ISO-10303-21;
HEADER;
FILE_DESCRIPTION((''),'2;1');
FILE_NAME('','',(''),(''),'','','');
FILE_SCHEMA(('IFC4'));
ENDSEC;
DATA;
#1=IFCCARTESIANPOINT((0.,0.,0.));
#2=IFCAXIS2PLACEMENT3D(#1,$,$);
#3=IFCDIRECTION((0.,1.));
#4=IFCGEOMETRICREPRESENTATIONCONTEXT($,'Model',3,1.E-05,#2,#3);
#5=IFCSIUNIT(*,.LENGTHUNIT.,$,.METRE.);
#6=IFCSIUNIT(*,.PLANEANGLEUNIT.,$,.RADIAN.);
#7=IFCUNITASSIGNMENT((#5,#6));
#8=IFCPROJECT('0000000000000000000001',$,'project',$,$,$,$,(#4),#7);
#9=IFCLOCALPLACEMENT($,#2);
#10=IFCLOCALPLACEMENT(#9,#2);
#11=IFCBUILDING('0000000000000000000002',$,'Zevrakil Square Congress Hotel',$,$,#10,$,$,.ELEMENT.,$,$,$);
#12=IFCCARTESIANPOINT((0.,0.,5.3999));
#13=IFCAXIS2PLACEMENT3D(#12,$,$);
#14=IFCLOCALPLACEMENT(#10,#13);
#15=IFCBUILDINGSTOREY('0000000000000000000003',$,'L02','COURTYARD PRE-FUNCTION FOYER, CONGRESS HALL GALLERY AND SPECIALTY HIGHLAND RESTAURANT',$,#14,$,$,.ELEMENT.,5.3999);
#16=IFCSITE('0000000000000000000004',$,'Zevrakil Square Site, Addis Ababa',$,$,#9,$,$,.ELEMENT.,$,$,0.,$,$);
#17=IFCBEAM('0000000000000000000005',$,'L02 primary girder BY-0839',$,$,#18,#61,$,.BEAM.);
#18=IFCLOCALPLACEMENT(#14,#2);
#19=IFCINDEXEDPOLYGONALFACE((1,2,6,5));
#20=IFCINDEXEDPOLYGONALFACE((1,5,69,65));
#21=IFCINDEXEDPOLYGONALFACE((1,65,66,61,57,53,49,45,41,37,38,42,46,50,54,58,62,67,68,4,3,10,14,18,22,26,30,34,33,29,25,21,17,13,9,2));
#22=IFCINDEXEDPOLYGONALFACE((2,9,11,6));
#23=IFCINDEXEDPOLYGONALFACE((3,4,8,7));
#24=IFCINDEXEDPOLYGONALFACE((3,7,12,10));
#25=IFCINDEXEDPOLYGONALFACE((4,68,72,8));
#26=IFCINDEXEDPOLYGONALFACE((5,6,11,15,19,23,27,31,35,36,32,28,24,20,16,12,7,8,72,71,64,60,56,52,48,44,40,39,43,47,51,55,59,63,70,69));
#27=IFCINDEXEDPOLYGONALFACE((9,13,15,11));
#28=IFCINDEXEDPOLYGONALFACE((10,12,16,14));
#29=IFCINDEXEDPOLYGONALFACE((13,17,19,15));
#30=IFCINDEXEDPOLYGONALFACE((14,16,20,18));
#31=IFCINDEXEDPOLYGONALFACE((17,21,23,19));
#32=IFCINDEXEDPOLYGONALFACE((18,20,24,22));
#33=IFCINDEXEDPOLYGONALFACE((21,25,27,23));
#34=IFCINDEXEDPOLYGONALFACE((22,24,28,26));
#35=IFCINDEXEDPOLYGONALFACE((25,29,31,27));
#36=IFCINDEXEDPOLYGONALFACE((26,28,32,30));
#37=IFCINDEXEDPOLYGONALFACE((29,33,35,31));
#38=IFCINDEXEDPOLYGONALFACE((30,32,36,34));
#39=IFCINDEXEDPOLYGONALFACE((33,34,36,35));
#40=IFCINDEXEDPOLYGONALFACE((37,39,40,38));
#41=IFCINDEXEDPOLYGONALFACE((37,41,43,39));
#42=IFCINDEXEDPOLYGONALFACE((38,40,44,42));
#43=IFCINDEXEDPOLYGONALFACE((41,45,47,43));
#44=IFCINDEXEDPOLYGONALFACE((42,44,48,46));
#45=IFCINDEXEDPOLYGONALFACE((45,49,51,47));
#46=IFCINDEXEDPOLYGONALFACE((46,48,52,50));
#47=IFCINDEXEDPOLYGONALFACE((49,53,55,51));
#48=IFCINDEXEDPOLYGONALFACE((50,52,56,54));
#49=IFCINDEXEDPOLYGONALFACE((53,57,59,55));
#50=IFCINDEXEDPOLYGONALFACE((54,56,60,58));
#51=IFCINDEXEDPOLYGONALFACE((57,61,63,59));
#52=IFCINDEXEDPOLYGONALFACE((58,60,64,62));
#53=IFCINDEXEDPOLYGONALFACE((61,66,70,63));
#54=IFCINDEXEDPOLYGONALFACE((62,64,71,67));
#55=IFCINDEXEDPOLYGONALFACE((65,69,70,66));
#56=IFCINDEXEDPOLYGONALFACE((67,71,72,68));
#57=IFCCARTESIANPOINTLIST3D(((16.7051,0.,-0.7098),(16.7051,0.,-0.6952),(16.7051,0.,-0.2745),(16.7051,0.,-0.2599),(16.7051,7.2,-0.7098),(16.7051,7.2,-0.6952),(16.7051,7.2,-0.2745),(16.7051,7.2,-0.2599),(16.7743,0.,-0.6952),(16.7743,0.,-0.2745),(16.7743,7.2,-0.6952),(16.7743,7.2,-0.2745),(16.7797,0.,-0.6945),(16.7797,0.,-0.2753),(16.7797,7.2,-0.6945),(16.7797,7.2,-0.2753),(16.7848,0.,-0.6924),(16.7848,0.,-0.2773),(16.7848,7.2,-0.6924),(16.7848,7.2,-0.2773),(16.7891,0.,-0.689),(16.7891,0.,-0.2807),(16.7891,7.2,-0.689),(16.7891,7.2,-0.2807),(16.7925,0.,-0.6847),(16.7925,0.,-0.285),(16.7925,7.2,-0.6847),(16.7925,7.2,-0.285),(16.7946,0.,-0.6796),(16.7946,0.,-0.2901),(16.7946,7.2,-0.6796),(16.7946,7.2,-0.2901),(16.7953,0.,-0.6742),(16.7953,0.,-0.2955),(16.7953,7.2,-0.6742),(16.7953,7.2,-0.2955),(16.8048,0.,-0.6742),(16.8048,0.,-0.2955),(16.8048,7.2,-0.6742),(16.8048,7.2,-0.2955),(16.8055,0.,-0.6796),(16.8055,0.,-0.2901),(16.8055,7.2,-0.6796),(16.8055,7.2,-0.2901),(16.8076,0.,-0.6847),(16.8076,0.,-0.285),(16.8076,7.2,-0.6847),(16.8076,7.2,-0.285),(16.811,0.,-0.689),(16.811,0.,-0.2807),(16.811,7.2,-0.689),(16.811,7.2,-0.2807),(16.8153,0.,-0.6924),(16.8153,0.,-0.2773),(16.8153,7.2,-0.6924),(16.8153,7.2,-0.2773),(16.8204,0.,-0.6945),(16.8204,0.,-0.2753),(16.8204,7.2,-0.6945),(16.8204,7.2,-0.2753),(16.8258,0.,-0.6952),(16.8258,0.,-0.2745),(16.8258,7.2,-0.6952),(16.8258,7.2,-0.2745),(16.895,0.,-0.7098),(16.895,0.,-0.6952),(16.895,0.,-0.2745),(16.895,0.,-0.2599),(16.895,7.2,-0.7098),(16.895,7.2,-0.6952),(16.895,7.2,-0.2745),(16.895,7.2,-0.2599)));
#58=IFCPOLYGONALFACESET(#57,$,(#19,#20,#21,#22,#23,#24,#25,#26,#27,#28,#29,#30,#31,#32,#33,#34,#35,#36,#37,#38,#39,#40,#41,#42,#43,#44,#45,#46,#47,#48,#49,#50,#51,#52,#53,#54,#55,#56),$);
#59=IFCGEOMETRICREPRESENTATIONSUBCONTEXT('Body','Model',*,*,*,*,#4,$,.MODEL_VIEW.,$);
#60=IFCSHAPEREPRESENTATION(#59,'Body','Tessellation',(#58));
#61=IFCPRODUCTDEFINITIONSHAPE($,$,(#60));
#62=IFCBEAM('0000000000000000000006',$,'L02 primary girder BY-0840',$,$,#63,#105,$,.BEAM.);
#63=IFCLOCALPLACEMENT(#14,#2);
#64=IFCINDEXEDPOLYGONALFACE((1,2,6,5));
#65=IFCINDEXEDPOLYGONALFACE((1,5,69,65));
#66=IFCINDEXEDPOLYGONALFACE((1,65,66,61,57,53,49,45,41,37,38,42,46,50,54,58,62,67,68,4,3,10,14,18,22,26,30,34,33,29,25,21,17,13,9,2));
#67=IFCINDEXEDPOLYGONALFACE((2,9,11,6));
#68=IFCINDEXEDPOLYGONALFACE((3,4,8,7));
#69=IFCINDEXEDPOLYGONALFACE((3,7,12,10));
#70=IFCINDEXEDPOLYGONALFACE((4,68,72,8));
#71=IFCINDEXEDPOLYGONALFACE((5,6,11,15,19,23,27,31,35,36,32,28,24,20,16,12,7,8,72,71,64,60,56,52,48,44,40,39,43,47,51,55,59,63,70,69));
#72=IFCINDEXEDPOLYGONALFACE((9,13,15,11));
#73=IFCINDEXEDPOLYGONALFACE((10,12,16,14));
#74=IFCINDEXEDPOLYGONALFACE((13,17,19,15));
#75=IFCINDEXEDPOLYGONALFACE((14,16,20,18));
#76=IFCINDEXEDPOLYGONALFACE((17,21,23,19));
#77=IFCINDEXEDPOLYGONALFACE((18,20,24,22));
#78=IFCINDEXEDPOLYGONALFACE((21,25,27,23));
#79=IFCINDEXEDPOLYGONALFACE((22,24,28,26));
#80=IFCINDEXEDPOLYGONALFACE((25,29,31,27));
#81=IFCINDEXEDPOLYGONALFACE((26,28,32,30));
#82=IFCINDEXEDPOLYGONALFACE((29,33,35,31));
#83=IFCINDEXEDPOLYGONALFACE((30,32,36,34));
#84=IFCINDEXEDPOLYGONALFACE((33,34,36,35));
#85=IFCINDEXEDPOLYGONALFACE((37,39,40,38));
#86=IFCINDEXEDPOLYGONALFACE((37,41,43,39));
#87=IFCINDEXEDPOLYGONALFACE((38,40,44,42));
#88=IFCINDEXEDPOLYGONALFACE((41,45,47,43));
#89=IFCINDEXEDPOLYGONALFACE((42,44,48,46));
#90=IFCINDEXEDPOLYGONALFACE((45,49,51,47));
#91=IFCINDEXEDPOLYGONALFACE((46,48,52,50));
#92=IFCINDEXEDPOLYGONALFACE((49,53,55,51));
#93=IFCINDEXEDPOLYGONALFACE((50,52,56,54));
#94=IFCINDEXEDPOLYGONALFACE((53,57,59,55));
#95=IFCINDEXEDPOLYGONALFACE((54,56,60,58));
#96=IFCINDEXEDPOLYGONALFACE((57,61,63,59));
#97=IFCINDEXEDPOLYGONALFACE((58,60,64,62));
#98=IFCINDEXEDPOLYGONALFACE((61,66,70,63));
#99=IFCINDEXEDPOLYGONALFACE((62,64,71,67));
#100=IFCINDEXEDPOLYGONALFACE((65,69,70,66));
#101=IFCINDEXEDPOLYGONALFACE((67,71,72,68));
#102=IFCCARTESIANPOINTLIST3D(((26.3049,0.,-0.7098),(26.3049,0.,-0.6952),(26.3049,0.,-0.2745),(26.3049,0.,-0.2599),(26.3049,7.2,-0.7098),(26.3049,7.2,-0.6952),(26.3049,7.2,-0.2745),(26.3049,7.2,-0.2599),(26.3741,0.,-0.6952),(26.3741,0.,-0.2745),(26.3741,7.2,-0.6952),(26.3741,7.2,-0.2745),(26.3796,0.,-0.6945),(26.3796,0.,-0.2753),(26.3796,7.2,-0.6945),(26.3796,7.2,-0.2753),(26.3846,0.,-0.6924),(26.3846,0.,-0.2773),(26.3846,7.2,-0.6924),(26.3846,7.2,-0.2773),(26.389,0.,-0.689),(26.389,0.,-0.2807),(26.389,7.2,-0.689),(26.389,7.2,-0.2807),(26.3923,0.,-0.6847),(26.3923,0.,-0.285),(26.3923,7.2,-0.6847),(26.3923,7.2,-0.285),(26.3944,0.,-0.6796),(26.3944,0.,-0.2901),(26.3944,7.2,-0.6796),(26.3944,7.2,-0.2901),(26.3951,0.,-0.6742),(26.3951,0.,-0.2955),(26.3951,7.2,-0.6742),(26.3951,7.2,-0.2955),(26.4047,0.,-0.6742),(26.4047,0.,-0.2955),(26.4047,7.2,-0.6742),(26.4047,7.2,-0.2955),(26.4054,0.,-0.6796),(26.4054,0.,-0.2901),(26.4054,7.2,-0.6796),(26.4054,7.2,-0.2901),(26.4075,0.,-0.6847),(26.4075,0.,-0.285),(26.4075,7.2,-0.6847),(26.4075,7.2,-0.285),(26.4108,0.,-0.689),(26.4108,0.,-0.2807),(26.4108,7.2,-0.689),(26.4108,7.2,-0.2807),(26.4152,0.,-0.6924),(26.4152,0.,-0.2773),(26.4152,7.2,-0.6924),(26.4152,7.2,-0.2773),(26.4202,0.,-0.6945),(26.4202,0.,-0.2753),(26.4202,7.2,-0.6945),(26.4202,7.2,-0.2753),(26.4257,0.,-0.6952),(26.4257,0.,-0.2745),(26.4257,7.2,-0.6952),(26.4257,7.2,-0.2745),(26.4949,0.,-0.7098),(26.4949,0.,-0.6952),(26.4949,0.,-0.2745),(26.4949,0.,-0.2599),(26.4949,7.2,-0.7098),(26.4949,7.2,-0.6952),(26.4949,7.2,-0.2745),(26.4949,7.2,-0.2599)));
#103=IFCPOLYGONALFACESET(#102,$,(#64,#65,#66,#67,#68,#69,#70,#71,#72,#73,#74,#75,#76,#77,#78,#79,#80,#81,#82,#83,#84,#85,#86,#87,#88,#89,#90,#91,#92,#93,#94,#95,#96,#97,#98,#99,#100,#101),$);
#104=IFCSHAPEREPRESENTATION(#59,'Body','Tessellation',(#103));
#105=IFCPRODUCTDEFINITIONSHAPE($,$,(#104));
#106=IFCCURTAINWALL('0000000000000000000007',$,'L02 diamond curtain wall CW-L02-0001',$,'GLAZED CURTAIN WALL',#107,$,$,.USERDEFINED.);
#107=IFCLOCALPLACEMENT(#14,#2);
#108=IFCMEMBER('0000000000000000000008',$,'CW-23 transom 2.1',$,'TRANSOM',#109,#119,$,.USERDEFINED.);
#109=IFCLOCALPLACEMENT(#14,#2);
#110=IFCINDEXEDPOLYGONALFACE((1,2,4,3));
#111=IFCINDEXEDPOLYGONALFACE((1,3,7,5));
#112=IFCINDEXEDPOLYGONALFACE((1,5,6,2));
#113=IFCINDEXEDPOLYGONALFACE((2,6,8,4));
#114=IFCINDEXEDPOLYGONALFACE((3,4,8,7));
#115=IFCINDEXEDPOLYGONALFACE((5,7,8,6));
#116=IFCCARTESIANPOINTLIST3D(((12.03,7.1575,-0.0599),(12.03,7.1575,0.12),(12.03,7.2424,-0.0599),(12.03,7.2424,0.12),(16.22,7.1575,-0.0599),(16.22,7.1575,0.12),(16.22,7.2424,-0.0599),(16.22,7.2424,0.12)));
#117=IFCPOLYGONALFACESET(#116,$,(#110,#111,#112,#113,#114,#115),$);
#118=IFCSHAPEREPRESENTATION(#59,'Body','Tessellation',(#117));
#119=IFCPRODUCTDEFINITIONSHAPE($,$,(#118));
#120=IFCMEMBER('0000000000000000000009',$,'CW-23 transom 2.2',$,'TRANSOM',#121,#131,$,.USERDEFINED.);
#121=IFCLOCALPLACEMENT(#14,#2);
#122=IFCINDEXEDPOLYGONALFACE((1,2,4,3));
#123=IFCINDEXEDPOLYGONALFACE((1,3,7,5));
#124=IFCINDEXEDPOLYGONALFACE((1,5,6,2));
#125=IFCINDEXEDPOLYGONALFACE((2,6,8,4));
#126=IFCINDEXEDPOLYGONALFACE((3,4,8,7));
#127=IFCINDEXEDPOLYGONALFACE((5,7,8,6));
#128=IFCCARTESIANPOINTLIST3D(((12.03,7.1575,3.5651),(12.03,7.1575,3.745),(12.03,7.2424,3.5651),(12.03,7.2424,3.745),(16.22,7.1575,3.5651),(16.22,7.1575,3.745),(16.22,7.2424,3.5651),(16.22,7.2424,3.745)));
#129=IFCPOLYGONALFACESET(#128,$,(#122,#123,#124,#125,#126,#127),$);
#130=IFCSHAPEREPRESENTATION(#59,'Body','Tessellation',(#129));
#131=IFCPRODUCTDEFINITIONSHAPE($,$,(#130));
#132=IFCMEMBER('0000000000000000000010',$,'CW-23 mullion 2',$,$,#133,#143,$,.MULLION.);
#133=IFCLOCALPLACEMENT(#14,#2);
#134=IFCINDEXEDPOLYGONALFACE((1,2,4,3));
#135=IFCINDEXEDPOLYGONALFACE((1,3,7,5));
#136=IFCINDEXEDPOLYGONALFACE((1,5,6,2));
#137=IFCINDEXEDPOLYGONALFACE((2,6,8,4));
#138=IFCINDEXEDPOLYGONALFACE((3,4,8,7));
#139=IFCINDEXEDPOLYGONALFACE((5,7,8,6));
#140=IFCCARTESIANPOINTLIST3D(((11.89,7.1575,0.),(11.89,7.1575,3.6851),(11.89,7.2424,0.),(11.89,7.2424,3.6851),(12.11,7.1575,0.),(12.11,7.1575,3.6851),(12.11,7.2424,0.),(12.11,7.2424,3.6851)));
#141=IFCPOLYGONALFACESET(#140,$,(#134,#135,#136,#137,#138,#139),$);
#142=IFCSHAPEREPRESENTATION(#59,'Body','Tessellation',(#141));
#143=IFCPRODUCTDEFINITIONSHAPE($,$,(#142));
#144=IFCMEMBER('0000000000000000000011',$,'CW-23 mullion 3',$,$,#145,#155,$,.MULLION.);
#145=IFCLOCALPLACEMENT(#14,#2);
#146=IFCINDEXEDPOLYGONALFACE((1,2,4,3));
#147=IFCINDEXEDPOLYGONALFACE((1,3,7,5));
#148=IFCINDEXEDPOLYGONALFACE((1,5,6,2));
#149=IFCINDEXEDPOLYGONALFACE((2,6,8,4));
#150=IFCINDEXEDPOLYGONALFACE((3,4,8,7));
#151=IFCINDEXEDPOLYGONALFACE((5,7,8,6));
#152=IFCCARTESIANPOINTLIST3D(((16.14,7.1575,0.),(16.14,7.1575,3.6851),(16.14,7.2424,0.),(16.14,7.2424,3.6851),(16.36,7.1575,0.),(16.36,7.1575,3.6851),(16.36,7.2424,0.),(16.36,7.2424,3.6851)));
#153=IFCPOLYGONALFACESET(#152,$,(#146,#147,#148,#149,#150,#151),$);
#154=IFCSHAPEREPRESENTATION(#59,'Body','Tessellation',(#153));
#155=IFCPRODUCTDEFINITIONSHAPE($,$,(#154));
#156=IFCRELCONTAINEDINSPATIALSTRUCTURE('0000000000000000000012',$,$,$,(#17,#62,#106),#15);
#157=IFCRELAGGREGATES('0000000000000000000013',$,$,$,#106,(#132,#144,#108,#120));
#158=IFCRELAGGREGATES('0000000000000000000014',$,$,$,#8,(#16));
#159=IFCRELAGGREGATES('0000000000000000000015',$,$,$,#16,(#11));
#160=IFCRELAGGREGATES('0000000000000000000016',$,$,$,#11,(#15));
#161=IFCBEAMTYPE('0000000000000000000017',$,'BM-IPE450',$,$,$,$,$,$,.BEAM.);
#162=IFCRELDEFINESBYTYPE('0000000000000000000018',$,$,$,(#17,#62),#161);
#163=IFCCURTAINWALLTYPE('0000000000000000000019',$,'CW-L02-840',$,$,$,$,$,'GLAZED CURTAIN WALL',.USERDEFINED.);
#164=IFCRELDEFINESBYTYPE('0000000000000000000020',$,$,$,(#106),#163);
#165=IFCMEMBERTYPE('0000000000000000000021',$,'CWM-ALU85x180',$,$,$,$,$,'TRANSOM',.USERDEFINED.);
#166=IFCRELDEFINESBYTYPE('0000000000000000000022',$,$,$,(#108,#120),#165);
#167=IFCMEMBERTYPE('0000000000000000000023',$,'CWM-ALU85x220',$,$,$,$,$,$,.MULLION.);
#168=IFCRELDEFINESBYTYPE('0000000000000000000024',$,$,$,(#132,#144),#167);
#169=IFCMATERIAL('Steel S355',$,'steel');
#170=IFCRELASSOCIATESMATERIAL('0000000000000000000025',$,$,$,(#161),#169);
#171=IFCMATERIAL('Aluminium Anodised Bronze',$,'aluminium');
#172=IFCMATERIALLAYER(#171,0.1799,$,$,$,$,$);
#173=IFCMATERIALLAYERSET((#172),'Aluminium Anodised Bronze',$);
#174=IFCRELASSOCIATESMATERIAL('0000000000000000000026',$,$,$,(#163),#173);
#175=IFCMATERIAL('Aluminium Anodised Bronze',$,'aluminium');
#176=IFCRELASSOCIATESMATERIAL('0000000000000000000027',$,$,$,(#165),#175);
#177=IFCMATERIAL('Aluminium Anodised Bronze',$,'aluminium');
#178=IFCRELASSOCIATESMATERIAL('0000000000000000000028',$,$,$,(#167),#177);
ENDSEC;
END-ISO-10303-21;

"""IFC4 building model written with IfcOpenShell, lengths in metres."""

from ifc_helpers import new_model, si_unit, direction, frame, origin, origin_2d, place, context, subcontext, project, spatial, rectangle, i_section, extrude, material, layer, layer_set, material_profile, profile_set, type_object, element, aggregate, save


model = new_model("IFC4")

# Units and contexts
model_context = context("Model", 3, precision=1e-05, world=origin(), true_north=direction((0.0, 1.0)))
body_context = subcontext(model_context, "Body", "Model", "MODEL_VIEW")
ifc_project = project(units=[si_unit("LENGTHUNIT", "METRE"), si_unit("PLANEANGLEUNIT", "RADIAN")], contexts=[model_context])

# Site, building, storey
site_placement = place(None, origin())
site = spatial("IfcSite", under=ifc_project, at=site_placement, Name="Zevrakil Square Site, Addis Ababa", CompositionType="ELEMENT", RefElevation=0.0)
building_placement = place(site_placement, origin())
building = spatial("IfcBuilding", under=site, at=building_placement, Name="Zevrakil Square Congress Hotel", CompositionType="ELEMENT")
storey_placement = place(building_placement, frame((0.0, 0.0, 5.3999)))
storey = spatial("IfcBuildingStorey", under=building, at=storey_placement, Name="L02", Description="COURTYARD PRE-FUNCTION FOYER, CONGRESS HALL GALLERY AND SPECIALTY HIGHLAND RESTAURANT", CompositionType="ELEMENT", Elevation=5.3999)

# Beams
ifc_material_1 = material(Name="Steel S355", Category="steel")
ifc_material_profile_1 = material_profile(ifc_material_1, i_section(OverallWidth=0.1899, OverallDepth=0.45, WebThickness=0.0095, FlangeThickness=0.0146, FilletRadius=0.021, at=origin_2d()), Name="IPE 450")
ifc_profile_set_1 = profile_set([ifc_material_profile_1], Name="Steel S355")
beam_type_1 = type_object("IfcBeamType", Name="BM-IPE450", PredefinedType="BEAM", material=ifc_profile_set_1)
for number, where, z_axis, x_axis, name in (
    (1, (16.8, 0.0, -0.4849), (0.0, 1.0, 0.0), (-1.0, 0.0, 0.0), "L02 primary girder BY-0839"),
    (2, (26.3999, 0.0, -0.4849), (0.0, 1.0, 0.0), (-1.0, 0.0, 0.0), "L02 primary girder BY-0840"),
):
    element("IfcBeam", number, at=place(storey_placement, frame(where, z_axis=z_axis, x_axis=x_axis)), inside=storey, type_object=beam_type_1, Name=name, PredefinedType="BEAM", context=body_context, shape_type="SweptSolid", body=[
        extrude(i_section(OverallWidth=0.1899, OverallDepth=0.45, WebThickness=0.0095, FlangeThickness=0.0146, FilletRadius=0.021, at=origin_2d()), origin(), (0.0, 0.0, 1.0), 7.2),
    ])

# Curtain wall, members
ifc_material_2 = material(Name="Aluminium Anodised Bronze", Category="aluminium")
ifc_layer_1 = layer(ifc_material_2, 0.1799)
ifc_layer_set_1 = layer_set([ifc_layer_1], Name="Aluminium Anodised Bronze")
curtain_wall_type = type_object("IfcCurtainWallType", Name="CW-L02-840", ElementType="GLAZED CURTAIN WALL", PredefinedType="USERDEFINED", material=ifc_layer_set_1)
curtain_wall_placement = place(storey_placement, origin())
curtain_wall = element("IfcCurtainWall", 3, at=curtain_wall_placement, inside=storey, type_object=curtain_wall_type, Name="L02 diamond curtain wall CW-L02-0001", ObjectType="GLAZED CURTAIN WALL", PredefinedType="USERDEFINED")
ifc_material_3 = material(Name="Aluminium Anodised Bronze", Category="aluminium")
ifc_material_profile_2 = material_profile(ifc_material_3, rectangle(XDim=0.085, YDim=0.1799, at=origin_2d()), Name="ALU 85x180")
ifc_profile_set_2 = profile_set([ifc_material_profile_2], Name="Aluminium Anodised Bronze")
member_type_1 = type_object("IfcMemberType", Name="CWM-ALU85x180", ElementType="TRANSOM", PredefinedType="USERDEFINED", material=ifc_profile_set_2)
member_1_placement = place(storey_placement, frame((12.03, 7.2, 0.03), z_axis=(1.0, 0.0, 0.0), x_axis=(0.0, 1.0, 0.0)))
member_1 = element("IfcMember", 4, at=member_1_placement, type_object=member_type_1, Name="CW-23 transom 2.1", ObjectType="TRANSOM", PredefinedType="USERDEFINED", context=body_context, shape_type="SweptSolid", body=[
    extrude(rectangle(XDim=0.085, YDim=0.1799, at=origin_2d()), origin(), (0.0, 0.0, 1.0), 4.1899),
])
member_2_placement = place(storey_placement, frame((12.03, 7.2, 3.655), z_axis=(1.0, 0.0, 0.0), x_axis=(0.0, 1.0, 0.0)))
member_2 = element("IfcMember", 5, at=member_2_placement, type_object=member_type_1, Name="CW-23 transom 2.2", ObjectType="TRANSOM", PredefinedType="USERDEFINED", context=body_context, shape_type="SweptSolid", body=[
    extrude(rectangle(XDim=0.085, YDim=0.1799, at=origin_2d()), origin(), (0.0, 0.0, 1.0), 4.1899),
])
ifc_material_4 = material(Name="Aluminium Anodised Bronze", Category="aluminium")
ifc_material_profile_3 = material_profile(ifc_material_4, rectangle(XDim=0.085, YDim=0.22, at=origin_2d()), Name="ALU 85x220")
ifc_profile_set_3 = profile_set([ifc_material_profile_3], Name="Aluminium Anodised Bronze")
member_type_2 = type_object("IfcMemberType", Name="CWM-ALU85x220", PredefinedType="MULLION", material=ifc_profile_set_3)
member_3_placement = place(storey_placement, frame((12.0, 7.2, 0.0), z_axis=(0.0, 0.0, 1.0), x_axis=(0.0, 1.0, 0.0)))
member_3 = element("IfcMember", 6, at=member_3_placement, type_object=member_type_2, Name="CW-23 mullion 2", PredefinedType="MULLION", context=body_context, shape_type="SweptSolid", body=[
    extrude(rectangle(XDim=0.085, YDim=0.22, at=origin_2d()), origin(), (0.0, 0.0, 1.0), 3.6851),
])
member_4_placement = place(storey_placement, frame((16.25, 7.2, 0.0), z_axis=(0.0, 0.0, 1.0), x_axis=(0.0, 1.0, 0.0)))
member_4 = element("IfcMember", 7, at=member_4_placement, type_object=member_type_2, Name="CW-23 mullion 3", PredefinedType="MULLION", context=body_context, shape_type="SweptSolid", body=[
    extrude(rectangle(XDim=0.085, YDim=0.22, at=origin_2d()), origin(), (0.0, 0.0, 1.0), 3.6851),
])

aggregate(curtain_wall, [member_3, member_4, member_1, member_2])

save(model, "model.ifc")
